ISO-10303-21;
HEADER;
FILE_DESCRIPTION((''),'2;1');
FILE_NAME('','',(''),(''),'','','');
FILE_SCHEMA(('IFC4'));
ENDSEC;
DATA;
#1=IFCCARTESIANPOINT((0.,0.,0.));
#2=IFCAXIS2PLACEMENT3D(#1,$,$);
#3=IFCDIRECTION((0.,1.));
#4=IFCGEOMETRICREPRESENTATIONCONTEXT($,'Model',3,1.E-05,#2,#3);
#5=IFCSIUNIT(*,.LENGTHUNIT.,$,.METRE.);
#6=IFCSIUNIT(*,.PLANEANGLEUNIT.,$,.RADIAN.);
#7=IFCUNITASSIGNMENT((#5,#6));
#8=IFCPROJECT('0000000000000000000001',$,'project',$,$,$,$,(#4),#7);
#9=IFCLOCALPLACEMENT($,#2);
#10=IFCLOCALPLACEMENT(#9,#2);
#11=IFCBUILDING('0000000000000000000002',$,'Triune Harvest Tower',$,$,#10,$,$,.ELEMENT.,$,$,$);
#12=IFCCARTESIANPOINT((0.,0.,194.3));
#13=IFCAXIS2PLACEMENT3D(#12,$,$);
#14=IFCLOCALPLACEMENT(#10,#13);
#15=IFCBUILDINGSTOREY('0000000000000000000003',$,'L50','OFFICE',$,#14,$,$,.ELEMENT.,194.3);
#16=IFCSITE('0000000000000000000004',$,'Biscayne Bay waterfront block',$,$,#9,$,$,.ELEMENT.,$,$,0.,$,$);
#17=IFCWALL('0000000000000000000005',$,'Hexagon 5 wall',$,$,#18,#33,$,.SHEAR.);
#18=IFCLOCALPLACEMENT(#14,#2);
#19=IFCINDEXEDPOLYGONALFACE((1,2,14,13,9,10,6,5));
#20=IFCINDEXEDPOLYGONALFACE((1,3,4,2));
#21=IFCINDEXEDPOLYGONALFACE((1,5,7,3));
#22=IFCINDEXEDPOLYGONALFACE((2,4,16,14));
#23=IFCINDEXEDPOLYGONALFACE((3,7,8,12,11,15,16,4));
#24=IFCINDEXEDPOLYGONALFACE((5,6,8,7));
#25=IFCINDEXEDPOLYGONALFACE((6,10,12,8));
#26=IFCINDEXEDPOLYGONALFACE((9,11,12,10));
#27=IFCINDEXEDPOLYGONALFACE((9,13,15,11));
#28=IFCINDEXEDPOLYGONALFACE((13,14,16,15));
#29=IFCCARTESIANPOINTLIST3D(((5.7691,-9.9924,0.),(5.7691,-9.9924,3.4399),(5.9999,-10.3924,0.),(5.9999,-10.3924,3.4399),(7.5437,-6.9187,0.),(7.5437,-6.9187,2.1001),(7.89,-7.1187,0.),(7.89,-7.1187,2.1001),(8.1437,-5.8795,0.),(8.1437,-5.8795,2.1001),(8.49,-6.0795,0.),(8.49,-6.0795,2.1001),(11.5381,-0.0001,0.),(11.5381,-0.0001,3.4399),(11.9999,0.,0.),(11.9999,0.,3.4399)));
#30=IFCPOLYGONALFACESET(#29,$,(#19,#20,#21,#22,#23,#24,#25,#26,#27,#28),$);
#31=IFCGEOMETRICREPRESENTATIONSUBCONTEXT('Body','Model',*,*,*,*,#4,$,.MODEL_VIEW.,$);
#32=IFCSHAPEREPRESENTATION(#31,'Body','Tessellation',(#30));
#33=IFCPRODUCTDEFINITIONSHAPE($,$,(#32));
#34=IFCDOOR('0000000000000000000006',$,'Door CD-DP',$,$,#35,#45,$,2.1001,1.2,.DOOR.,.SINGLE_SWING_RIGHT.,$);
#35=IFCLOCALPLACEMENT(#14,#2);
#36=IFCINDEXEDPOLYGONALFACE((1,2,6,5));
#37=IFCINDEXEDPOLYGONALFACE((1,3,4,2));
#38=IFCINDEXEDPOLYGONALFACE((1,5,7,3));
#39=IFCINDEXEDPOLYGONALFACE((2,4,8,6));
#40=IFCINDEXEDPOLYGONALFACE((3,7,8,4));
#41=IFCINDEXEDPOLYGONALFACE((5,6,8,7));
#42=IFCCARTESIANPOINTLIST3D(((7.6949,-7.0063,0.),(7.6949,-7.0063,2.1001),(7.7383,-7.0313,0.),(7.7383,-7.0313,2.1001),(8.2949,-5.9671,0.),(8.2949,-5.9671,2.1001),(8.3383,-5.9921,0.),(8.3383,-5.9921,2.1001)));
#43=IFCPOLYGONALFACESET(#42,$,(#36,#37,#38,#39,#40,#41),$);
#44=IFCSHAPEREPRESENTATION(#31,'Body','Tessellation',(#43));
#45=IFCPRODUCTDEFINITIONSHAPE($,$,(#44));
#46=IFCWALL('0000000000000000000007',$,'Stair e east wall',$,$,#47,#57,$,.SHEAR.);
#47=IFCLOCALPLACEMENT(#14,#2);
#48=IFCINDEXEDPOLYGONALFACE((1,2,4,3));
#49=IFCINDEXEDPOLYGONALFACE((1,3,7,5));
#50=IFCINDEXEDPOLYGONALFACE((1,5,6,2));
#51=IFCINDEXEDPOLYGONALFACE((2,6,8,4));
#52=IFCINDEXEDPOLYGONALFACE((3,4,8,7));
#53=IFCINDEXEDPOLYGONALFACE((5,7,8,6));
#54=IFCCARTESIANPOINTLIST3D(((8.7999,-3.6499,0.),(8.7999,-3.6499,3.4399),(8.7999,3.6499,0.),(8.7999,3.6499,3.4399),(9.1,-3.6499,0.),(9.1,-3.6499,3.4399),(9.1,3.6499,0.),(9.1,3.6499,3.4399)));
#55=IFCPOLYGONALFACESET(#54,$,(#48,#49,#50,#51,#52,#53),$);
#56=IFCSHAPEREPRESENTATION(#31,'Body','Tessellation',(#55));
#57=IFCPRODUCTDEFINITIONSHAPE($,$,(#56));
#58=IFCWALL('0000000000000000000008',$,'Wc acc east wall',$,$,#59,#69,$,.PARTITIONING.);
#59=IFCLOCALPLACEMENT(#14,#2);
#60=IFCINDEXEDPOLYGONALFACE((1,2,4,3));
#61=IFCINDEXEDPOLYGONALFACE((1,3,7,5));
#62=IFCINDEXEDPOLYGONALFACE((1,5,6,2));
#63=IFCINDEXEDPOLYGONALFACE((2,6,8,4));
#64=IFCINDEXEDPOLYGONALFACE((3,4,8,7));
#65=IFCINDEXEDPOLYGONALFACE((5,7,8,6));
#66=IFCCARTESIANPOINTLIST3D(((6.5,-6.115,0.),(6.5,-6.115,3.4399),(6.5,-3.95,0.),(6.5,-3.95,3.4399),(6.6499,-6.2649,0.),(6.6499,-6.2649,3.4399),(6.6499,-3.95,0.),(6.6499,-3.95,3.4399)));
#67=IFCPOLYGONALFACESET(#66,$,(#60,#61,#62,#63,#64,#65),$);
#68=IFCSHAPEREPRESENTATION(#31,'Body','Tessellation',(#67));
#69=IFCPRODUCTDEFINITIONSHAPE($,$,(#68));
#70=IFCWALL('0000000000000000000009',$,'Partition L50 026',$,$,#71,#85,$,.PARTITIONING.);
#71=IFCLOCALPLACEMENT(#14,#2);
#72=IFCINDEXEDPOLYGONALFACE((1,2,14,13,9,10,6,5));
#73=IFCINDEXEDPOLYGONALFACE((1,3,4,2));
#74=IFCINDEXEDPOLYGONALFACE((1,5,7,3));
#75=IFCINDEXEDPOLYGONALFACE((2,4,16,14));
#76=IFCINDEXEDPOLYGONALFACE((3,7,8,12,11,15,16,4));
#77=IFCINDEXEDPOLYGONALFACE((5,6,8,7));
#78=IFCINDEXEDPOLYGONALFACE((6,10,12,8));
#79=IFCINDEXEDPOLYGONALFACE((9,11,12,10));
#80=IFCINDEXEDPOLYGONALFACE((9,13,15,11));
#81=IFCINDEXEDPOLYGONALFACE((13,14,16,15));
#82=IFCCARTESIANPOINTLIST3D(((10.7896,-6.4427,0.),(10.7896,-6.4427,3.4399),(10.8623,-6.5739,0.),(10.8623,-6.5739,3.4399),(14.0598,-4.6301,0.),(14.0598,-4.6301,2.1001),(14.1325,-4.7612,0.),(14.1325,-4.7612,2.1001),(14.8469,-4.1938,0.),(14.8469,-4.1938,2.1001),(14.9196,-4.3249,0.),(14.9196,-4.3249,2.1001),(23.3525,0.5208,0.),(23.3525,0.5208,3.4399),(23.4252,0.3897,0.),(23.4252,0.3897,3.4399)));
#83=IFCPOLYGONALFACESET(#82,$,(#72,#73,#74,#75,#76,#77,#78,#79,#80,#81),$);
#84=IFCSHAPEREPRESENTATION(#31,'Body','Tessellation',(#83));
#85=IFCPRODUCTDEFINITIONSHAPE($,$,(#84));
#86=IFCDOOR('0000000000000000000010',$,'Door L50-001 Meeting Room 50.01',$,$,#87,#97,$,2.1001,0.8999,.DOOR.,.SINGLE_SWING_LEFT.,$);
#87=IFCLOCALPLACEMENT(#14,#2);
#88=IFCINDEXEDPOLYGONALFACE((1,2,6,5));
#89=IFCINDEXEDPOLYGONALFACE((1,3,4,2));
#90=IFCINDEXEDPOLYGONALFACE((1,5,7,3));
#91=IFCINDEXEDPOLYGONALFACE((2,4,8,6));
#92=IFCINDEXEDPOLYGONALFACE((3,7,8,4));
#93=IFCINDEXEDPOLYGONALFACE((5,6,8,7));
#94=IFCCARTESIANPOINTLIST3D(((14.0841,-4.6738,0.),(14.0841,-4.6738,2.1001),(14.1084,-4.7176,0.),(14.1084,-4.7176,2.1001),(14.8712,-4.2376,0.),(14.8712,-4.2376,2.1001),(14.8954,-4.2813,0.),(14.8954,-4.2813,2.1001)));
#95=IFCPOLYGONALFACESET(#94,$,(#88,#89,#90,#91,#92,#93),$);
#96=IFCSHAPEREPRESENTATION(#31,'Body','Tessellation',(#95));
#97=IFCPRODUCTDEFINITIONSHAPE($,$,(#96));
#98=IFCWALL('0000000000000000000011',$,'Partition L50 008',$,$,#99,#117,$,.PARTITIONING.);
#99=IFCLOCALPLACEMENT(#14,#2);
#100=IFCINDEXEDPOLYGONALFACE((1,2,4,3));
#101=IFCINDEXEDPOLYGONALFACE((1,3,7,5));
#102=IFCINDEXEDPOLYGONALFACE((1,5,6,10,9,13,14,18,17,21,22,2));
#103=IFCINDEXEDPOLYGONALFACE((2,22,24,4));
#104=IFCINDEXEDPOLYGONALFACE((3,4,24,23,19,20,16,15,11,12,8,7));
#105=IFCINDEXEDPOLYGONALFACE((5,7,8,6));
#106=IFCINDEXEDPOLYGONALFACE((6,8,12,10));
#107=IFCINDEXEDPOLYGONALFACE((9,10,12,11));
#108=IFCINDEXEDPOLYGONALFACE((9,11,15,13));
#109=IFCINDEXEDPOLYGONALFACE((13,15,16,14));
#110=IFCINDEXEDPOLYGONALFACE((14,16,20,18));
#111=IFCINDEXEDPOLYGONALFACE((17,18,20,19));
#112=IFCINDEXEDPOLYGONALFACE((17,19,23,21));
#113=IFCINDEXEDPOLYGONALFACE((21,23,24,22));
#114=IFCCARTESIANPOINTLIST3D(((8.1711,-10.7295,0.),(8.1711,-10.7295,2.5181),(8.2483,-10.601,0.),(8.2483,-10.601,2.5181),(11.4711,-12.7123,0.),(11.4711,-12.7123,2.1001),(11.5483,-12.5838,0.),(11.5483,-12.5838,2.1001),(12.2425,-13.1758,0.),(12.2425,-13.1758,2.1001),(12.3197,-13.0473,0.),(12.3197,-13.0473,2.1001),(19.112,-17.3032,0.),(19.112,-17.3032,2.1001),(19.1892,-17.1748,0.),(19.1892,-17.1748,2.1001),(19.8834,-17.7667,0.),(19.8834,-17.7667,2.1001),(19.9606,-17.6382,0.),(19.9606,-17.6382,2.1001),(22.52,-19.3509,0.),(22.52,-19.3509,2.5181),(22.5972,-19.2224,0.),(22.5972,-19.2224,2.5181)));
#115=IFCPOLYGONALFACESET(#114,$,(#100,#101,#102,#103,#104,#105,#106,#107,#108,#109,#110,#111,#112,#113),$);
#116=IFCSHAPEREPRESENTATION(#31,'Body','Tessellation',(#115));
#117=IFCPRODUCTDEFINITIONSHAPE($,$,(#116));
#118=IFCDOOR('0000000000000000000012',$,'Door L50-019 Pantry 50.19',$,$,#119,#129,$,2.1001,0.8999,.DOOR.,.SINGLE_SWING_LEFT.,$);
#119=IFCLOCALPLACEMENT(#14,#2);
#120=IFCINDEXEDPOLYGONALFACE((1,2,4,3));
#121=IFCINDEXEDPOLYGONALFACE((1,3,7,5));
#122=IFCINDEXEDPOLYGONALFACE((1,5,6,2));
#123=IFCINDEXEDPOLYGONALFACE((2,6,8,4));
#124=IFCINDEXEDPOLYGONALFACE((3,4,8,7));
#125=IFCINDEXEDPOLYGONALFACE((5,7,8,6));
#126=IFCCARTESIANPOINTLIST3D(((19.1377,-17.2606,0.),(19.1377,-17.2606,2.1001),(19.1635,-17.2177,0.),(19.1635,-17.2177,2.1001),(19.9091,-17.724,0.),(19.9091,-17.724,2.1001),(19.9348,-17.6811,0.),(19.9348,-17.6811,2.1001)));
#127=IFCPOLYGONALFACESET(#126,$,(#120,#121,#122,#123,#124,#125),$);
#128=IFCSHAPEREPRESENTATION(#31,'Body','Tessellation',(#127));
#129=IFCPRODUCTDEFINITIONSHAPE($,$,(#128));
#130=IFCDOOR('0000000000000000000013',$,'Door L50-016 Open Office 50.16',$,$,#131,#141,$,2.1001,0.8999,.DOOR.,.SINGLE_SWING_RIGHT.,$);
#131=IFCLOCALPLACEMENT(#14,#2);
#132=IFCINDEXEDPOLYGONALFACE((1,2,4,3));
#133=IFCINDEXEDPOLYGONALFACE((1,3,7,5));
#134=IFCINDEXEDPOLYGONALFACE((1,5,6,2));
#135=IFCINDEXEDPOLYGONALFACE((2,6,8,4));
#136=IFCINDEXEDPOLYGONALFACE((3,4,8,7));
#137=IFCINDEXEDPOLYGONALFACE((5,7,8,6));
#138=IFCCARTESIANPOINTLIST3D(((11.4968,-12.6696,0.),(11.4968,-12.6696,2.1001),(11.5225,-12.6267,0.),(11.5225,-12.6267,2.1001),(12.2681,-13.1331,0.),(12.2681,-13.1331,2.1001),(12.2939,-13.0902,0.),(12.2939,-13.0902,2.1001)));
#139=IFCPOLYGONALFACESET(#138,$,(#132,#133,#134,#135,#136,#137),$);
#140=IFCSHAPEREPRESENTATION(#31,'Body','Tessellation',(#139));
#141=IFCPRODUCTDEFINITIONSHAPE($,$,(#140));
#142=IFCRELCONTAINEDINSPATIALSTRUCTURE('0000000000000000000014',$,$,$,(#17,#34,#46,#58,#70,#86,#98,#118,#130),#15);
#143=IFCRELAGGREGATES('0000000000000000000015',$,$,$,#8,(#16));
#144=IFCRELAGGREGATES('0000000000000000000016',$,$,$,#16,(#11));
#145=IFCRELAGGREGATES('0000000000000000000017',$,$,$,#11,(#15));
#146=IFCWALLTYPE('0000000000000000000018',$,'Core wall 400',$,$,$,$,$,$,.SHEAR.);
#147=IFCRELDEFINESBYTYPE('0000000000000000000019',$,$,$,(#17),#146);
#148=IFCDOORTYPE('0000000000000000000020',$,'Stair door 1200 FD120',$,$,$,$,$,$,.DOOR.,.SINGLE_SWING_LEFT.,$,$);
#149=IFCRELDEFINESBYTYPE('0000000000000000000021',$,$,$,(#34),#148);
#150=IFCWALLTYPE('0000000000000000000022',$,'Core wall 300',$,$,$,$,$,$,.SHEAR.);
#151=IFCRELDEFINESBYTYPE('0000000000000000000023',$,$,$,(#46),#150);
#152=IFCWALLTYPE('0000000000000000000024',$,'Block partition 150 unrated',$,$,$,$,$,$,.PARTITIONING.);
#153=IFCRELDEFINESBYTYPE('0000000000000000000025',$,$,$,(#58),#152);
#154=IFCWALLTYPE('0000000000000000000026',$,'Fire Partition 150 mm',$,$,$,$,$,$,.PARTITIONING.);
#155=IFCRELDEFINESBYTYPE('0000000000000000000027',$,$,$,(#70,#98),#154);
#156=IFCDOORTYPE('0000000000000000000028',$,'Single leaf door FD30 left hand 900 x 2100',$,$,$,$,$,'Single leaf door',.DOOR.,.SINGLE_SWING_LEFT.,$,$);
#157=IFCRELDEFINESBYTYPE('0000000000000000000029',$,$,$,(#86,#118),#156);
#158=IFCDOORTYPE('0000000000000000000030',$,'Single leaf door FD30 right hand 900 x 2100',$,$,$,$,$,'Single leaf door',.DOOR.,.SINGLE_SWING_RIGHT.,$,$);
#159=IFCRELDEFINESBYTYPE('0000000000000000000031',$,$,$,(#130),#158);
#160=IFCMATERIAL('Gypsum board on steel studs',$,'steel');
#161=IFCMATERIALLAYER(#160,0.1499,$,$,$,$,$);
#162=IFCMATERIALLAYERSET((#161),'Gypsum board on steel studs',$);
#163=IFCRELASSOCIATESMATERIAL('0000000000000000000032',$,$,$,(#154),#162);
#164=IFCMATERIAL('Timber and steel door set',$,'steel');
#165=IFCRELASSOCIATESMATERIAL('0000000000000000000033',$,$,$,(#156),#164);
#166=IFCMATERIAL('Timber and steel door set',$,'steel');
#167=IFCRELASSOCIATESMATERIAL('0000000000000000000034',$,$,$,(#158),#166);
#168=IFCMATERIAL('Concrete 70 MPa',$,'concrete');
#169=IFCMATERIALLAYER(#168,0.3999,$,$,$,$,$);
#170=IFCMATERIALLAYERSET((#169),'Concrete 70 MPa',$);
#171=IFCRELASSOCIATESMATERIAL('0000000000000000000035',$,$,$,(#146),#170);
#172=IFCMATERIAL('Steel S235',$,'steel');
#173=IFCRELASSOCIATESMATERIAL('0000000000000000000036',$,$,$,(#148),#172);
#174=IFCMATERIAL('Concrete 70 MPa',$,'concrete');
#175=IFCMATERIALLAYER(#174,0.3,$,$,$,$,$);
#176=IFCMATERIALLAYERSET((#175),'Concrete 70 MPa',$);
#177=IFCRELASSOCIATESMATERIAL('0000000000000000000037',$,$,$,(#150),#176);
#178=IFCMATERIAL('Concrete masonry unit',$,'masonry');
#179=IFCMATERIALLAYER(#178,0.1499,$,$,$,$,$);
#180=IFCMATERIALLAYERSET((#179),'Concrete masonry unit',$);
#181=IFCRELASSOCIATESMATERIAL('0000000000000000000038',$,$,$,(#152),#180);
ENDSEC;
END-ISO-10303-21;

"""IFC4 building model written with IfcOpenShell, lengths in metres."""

from ifc_helpers import new_model, si_unit, direction, frame, frame_2d, origin, place, context, subcontext, project, spatial, polyline, rectangle, outline, extrude, source, transform, mapped, material, layer, layer_set, type_object, element, fill, save


model = new_model("IFC4")

# Units and contexts
model_context = context("Model", 3, precision=1e-05, world=origin(), true_north=direction((0.0, 1.0)))
body_context = subcontext(model_context, "Body", "Model", "MODEL_VIEW")
ifc_project = project(units=[si_unit("LENGTHUNIT", "METRE"), si_unit("PLANEANGLEUNIT", "RADIAN")], contexts=[model_context])

# Site, building, storey
site_placement = place(None, origin())
site = spatial("IfcSite", under=ifc_project, at=site_placement, Name="Biscayne Bay waterfront block", CompositionType="ELEMENT", RefElevation=0.0)
building_placement = place(site_placement, origin())
building = spatial("IfcBuilding", under=site, at=building_placement, Name="Triune Harvest Tower", CompositionType="ELEMENT")
storey_placement = place(building_placement, frame((0.0, 0.0, 194.3)))
storey = spatial("IfcBuildingStorey", under=building, at=storey_placement, Name="L50", Description="OFFICE", CompositionType="ELEMENT", Elevation=194.3)

# Shared definitions
ifc_material_1 = material(Name="Gypsum board on steel studs", Category="steel")
ifc_layer_1 = layer(ifc_material_1, 0.1499)
ifc_layer_set_1 = layer_set([ifc_layer_1], Name="Gypsum board on steel studs")
wall_type_1 = type_object("IfcWallType", Name="Fire Partition 150 mm", PredefinedType="PARTITIONING", material=ifc_layer_set_1)
ifc_material_2 = material(Name="Timber and steel door set", Category="steel")
door_type_1 = type_object("IfcDoorType", Name="Single leaf door FD30 left hand 900 x 2100", ElementType="Single leaf door", OperationType="SINGLE_SWING_LEFT", PredefinedType="DOOR", material=ifc_material_2)
ifc_material_3 = material(Name="Timber and steel door set", Category="steel")
door_type_2 = type_object("IfcDoorType", Name="Single leaf door FD30 right hand 900 x 2100", ElementType="Single leaf door", OperationType="SINGLE_SWING_RIGHT", PredefinedType="DOOR", material=ifc_material_3)

# Wall, opening, door
ifc_material_4 = material(Name="Concrete 70 MPa", Category="concrete")
ifc_layer_2 = layer(ifc_material_4, 0.3999)
ifc_layer_set_2 = layer_set([ifc_layer_2], Name="Concrete 70 MPa")
wall_type_2 = type_object("IfcWallType", Name="Core wall 400", PredefinedType="SHEAR", material=ifc_layer_set_2)
shared_shape_1 = source(origin(), body_context, "Body", "SweptSolid", [
    extrude(outline(polyline([(-0.1155, -0.2), (11.8845, -0.2), (11.6536, 0.2), (0.1155, 0.2), (-0.1155, -0.2)])), origin(), (0.0, 0.0, 1.0), 3.4399),
])
wall_1_placement = place(storey_placement, frame((5.8845, -10.1924, 0.0), z_axis=(0.0, 0.0, 1.0), x_axis=(0.499997, 0.866027, 0.0)))
wall_1 = element("IfcWall", 1, at=wall_1_placement, inside=storey, type_object=wall_type_2, Name="Hexagon 5 wall", PredefinedType="SHEAR", context=body_context, shape_type="MappedRepresentation", body=[
    mapped(shared_shape_1, transform((0.0, 0.0, 0.0), scale=1.0)),
])
opening_1_placement = place(wall_1_placement, frame((3.6646, 0.0, 0.0)))
opening_1 = element("IfcOpeningElement", 2, at=opening_1_placement, cuts=wall_1, PredefinedType="OPENING", context=body_context, shape_type="SweptSolid", body=[
    extrude(rectangle(XDim=1.2, YDim=2.1001, at=frame_2d((0.6001, 1.05))), frame((0.0, 0.21, 0.0), z_axis=(0.0, -1.0, 0.0), x_axis=(1.0, 0.0, 0.0)), (0.0, 0.0, 1.0), 0.4199),
])
ifc_material_5 = material(Name="Steel S235", Category="steel")
door_type_3 = type_object("IfcDoorType", Name="Stair door 1200 FD120", OperationType="SINGLE_SWING_LEFT", PredefinedType="DOOR", material=ifc_material_5)
door_1_placement = place(opening_1_placement, frame((1.2, 0.0, 0.0), z_axis=(0.0, 0.0, 1.0), x_axis=(-1.0, 0.0, 0.0)))
door_1 = element("IfcDoor", 3, at=door_1_placement, inside=storey, type_object=door_type_3, Name="Door CD-DP", OperationType="SINGLE_SWING_RIGHT", OverallHeight=2.1001, OverallWidth=1.2, PredefinedType="DOOR", context=body_context, shape_type="SweptSolid", body=[
    extrude(rectangle(XDim=1.2, YDim=2.1001, at=frame_2d((0.6001, 1.05))), frame((0.0, 0.0249, 0.0), z_axis=(0.0, -1.0, 0.0), x_axis=(1.0, 0.0, 0.0)), (0.0, 0.0, 1.0), 0.05),
])
fill(opening_1, door_1)

# Walls
ifc_material_6 = material(Name="Concrete 70 MPa", Category="concrete")
ifc_layer_3 = layer(ifc_material_6, 0.3)
ifc_layer_set_3 = layer_set([ifc_layer_3], Name="Concrete 70 MPa")
wall_type_3 = type_object("IfcWallType", Name="Core wall 300", PredefinedType="SHEAR", material=ifc_layer_set_3)
shared_shape_2 = source(origin(), body_context, "Body", "SweptSolid", [
    extrude(rectangle(XDim=7.2998, YDim=0.3, at=frame_2d((3.6499, 0.0))), origin(), (0.0, 0.0, 1.0), 3.4399),
])
wall_2_placement = place(storey_placement, frame((8.95, -3.6499, 0.0), z_axis=(0.0, 0.0, 1.0), x_axis=(0.0, 1.0, 0.0)))
element("IfcWall", 4, at=wall_2_placement, inside=storey, type_object=wall_type_3, Name="Stair e east wall", PredefinedType="SHEAR", context=body_context, shape_type="MappedRepresentation", body=[
    mapped(shared_shape_2, transform((0.0, 0.0, 0.0), scale=1.0)),
])
ifc_material_7 = material(Name="Concrete masonry unit", Category="masonry")
ifc_layer_4 = layer(ifc_material_7, 0.1499)
ifc_layer_set_4 = layer_set([ifc_layer_4], Name="Concrete masonry unit")
wall_type_4 = type_object("IfcWallType", Name="Block partition 150 unrated", PredefinedType="PARTITIONING", material=ifc_layer_set_4)
shared_shape_3 = source(origin(), body_context, "Body", "SweptSolid", [
    extrude(outline(polyline([(-0.075, -0.075), (2.24, -0.075), (2.24, 0.075), (0.075, 0.075), (-0.075, -0.075)])), origin(), (0.0, 0.0, 1.0), 3.4399),
])
wall_3_placement = place(storey_placement, frame((6.575, -6.1899, 0.0), z_axis=(0.0, 0.0, 1.0), x_axis=(0.0, 1.0, 0.0)))
element("IfcWall", 5, at=wall_3_placement, inside=storey, type_object=wall_type_4, Name="Wc acc east wall", PredefinedType="PARTITIONING", context=body_context, shape_type="MappedRepresentation", body=[
    mapped(shared_shape_3, transform((0.0, 0.0, 0.0), scale=1.0)),
])

# Wall, opening, door
shared_shape_4 = source(origin(), body_context, "Body", "SweptSolid", [
    extrude(rectangle(XDim=14.3638, YDim=0.1499, at=frame_2d((7.1819, 0.0))), origin(), (0.0, 0.0, 1.0), 3.4399),
])
wall_4_placement = place(storey_placement, frame((10.8259, -6.5083, 0.0), z_axis=(0.0, 0.0, 1.0), x_axis=(0.874624, 0.484801, 0.0)))
wall_4 = element("IfcWall", 6, at=wall_4_placement, inside=storey, type_object=wall_type_1, Name="Partition L50 026", PredefinedType="PARTITIONING", context=body_context, shape_type="MappedRepresentation", body=[
    mapped(shared_shape_4, transform((0.0, 0.0, 0.0), scale=1.0)),
])
opening_2_placement = place(wall_4_placement, frame((3.739, 0.0, 0.0)))
opening_2 = element("IfcOpeningElement", 7, at=opening_2_placement, cuts=wall_4, PredefinedType="OPENING", context=body_context, shape_type="SweptSolid", body=[
    extrude(rectangle(XDim=0.8999, YDim=2.1001, at=frame_2d((0.45, 1.05))), frame((0.0, 0.085, 0.0), z_axis=(0.0, -1.0, 0.0), x_axis=(1.0, 0.0, 0.0)), (0.0, 0.0, 1.0), 0.1699),
])
door_2_placement = place(opening_2_placement, origin())
door_2 = element("IfcDoor", 8, at=door_2_placement, inside=storey, type_object=door_type_1, Name="Door L50-001 Meeting Room 50.01", OperationType="SINGLE_SWING_LEFT", OverallHeight=2.1001, OverallWidth=0.8999, PredefinedType="DOOR", context=body_context, shape_type="SweptSolid", body=[
    extrude(rectangle(XDim=0.8999, YDim=2.1001, at=frame_2d((0.45, 1.05))), frame((0.0, 0.0249, 0.0), z_axis=(0.0, -1.0, 0.0), x_axis=(1.0, 0.0, 0.0)), (0.0, 0.0, 1.0), 0.05),
])
fill(opening_2, door_2)

# Wall, openings, doors
shared_shape_5 = source(origin(), body_context, "Body", "SweptSolid", [
    extrude(rectangle(XDim=16.7397, YDim=0.1499, at=frame_2d((8.3699, 0.0))), origin(), (0.0, 0.0, 1.0), 2.5181),
])
wall_5_placement = place(storey_placement, frame((8.2097, -10.6653, 0.0), z_axis=(0.0, 0.0, 1.0), x_axis=(0.857176, -0.515023, 0.0)))
wall_5 = element("IfcWall", 9, at=wall_5_placement, inside=storey, type_object=wall_type_1, Name="Partition L50 008", PredefinedType="PARTITIONING", context=body_context, shape_type="MappedRepresentation", body=[
    mapped(shared_shape_5, transform((0.0, 0.0, 0.0), scale=1.0)),
])
opening_3_placement = place(wall_5_placement, frame((3.8499, 0.0, 0.0)))
opening_3 = element("IfcOpeningElement", 10, at=opening_3_placement, cuts=wall_5, PredefinedType="OPENING", context=body_context, shape_type="SweptSolid", body=[
    extrude(rectangle(XDim=0.8999, YDim=2.1001, at=frame_2d((0.45, 1.05))), frame((0.0, 0.085, 0.0), z_axis=(0.0, -1.0, 0.0), x_axis=(1.0, 0.0, 0.0)), (0.0, 0.0, 1.0), 0.1699),
])
opening_4_placement = place(wall_5_placement, frame((12.7639, 0.0, 0.0)))
opening_4 = element("IfcOpeningElement", 11, at=opening_4_placement, cuts=wall_5, PredefinedType="OPENING", context=body_context, shape_type="SweptSolid", body=[
    extrude(rectangle(XDim=0.8999, YDim=2.1001, at=frame_2d((0.45, 1.05))), frame((0.0, 0.085, 0.0), z_axis=(0.0, -1.0, 0.0), x_axis=(1.0, 0.0, 0.0)), (0.0, 0.0, 1.0), 0.1699),
])
door_3_placement = place(opening_4_placement, origin())
door_3 = element("IfcDoor", 12, at=door_3_placement, inside=storey, type_object=door_type_1, Name="Door L50-019 Pantry 50.19", OperationType="SINGLE_SWING_LEFT", OverallHeight=2.1001, OverallWidth=0.8999, PredefinedType="DOOR", context=body_context, shape_type="SweptSolid", body=[
    extrude(rectangle(XDim=0.8999, YDim=2.1001, at=frame_2d((0.45, 1.05))), frame((0.0, 0.0249, 0.0), z_axis=(0.0, -1.0, 0.0), x_axis=(1.0, 0.0, 0.0)), (0.0, 0.0, 1.0), 0.05),
])
fill(opening_4, door_3)
door_4_placement = place(opening_3_placement, origin())
door_4 = element("IfcDoor", 13, at=door_4_placement, inside=storey, type_object=door_type_2, Name="Door L50-016 Open Office 50.16", OperationType="SINGLE_SWING_RIGHT", OverallHeight=2.1001, OverallWidth=0.8999, PredefinedType="DOOR", context=body_context, shape_type="SweptSolid", body=[
    extrude(rectangle(XDim=0.8999, YDim=2.1001, at=frame_2d((0.45, 1.05))), frame((0.0, 0.0249, 0.0), z_axis=(0.0, -1.0, 0.0), x_axis=(1.0, 0.0, 0.0)), (0.0, 0.0, 1.0), 0.05),
])
fill(opening_3, door_4)

save(model, "model.ifc")
